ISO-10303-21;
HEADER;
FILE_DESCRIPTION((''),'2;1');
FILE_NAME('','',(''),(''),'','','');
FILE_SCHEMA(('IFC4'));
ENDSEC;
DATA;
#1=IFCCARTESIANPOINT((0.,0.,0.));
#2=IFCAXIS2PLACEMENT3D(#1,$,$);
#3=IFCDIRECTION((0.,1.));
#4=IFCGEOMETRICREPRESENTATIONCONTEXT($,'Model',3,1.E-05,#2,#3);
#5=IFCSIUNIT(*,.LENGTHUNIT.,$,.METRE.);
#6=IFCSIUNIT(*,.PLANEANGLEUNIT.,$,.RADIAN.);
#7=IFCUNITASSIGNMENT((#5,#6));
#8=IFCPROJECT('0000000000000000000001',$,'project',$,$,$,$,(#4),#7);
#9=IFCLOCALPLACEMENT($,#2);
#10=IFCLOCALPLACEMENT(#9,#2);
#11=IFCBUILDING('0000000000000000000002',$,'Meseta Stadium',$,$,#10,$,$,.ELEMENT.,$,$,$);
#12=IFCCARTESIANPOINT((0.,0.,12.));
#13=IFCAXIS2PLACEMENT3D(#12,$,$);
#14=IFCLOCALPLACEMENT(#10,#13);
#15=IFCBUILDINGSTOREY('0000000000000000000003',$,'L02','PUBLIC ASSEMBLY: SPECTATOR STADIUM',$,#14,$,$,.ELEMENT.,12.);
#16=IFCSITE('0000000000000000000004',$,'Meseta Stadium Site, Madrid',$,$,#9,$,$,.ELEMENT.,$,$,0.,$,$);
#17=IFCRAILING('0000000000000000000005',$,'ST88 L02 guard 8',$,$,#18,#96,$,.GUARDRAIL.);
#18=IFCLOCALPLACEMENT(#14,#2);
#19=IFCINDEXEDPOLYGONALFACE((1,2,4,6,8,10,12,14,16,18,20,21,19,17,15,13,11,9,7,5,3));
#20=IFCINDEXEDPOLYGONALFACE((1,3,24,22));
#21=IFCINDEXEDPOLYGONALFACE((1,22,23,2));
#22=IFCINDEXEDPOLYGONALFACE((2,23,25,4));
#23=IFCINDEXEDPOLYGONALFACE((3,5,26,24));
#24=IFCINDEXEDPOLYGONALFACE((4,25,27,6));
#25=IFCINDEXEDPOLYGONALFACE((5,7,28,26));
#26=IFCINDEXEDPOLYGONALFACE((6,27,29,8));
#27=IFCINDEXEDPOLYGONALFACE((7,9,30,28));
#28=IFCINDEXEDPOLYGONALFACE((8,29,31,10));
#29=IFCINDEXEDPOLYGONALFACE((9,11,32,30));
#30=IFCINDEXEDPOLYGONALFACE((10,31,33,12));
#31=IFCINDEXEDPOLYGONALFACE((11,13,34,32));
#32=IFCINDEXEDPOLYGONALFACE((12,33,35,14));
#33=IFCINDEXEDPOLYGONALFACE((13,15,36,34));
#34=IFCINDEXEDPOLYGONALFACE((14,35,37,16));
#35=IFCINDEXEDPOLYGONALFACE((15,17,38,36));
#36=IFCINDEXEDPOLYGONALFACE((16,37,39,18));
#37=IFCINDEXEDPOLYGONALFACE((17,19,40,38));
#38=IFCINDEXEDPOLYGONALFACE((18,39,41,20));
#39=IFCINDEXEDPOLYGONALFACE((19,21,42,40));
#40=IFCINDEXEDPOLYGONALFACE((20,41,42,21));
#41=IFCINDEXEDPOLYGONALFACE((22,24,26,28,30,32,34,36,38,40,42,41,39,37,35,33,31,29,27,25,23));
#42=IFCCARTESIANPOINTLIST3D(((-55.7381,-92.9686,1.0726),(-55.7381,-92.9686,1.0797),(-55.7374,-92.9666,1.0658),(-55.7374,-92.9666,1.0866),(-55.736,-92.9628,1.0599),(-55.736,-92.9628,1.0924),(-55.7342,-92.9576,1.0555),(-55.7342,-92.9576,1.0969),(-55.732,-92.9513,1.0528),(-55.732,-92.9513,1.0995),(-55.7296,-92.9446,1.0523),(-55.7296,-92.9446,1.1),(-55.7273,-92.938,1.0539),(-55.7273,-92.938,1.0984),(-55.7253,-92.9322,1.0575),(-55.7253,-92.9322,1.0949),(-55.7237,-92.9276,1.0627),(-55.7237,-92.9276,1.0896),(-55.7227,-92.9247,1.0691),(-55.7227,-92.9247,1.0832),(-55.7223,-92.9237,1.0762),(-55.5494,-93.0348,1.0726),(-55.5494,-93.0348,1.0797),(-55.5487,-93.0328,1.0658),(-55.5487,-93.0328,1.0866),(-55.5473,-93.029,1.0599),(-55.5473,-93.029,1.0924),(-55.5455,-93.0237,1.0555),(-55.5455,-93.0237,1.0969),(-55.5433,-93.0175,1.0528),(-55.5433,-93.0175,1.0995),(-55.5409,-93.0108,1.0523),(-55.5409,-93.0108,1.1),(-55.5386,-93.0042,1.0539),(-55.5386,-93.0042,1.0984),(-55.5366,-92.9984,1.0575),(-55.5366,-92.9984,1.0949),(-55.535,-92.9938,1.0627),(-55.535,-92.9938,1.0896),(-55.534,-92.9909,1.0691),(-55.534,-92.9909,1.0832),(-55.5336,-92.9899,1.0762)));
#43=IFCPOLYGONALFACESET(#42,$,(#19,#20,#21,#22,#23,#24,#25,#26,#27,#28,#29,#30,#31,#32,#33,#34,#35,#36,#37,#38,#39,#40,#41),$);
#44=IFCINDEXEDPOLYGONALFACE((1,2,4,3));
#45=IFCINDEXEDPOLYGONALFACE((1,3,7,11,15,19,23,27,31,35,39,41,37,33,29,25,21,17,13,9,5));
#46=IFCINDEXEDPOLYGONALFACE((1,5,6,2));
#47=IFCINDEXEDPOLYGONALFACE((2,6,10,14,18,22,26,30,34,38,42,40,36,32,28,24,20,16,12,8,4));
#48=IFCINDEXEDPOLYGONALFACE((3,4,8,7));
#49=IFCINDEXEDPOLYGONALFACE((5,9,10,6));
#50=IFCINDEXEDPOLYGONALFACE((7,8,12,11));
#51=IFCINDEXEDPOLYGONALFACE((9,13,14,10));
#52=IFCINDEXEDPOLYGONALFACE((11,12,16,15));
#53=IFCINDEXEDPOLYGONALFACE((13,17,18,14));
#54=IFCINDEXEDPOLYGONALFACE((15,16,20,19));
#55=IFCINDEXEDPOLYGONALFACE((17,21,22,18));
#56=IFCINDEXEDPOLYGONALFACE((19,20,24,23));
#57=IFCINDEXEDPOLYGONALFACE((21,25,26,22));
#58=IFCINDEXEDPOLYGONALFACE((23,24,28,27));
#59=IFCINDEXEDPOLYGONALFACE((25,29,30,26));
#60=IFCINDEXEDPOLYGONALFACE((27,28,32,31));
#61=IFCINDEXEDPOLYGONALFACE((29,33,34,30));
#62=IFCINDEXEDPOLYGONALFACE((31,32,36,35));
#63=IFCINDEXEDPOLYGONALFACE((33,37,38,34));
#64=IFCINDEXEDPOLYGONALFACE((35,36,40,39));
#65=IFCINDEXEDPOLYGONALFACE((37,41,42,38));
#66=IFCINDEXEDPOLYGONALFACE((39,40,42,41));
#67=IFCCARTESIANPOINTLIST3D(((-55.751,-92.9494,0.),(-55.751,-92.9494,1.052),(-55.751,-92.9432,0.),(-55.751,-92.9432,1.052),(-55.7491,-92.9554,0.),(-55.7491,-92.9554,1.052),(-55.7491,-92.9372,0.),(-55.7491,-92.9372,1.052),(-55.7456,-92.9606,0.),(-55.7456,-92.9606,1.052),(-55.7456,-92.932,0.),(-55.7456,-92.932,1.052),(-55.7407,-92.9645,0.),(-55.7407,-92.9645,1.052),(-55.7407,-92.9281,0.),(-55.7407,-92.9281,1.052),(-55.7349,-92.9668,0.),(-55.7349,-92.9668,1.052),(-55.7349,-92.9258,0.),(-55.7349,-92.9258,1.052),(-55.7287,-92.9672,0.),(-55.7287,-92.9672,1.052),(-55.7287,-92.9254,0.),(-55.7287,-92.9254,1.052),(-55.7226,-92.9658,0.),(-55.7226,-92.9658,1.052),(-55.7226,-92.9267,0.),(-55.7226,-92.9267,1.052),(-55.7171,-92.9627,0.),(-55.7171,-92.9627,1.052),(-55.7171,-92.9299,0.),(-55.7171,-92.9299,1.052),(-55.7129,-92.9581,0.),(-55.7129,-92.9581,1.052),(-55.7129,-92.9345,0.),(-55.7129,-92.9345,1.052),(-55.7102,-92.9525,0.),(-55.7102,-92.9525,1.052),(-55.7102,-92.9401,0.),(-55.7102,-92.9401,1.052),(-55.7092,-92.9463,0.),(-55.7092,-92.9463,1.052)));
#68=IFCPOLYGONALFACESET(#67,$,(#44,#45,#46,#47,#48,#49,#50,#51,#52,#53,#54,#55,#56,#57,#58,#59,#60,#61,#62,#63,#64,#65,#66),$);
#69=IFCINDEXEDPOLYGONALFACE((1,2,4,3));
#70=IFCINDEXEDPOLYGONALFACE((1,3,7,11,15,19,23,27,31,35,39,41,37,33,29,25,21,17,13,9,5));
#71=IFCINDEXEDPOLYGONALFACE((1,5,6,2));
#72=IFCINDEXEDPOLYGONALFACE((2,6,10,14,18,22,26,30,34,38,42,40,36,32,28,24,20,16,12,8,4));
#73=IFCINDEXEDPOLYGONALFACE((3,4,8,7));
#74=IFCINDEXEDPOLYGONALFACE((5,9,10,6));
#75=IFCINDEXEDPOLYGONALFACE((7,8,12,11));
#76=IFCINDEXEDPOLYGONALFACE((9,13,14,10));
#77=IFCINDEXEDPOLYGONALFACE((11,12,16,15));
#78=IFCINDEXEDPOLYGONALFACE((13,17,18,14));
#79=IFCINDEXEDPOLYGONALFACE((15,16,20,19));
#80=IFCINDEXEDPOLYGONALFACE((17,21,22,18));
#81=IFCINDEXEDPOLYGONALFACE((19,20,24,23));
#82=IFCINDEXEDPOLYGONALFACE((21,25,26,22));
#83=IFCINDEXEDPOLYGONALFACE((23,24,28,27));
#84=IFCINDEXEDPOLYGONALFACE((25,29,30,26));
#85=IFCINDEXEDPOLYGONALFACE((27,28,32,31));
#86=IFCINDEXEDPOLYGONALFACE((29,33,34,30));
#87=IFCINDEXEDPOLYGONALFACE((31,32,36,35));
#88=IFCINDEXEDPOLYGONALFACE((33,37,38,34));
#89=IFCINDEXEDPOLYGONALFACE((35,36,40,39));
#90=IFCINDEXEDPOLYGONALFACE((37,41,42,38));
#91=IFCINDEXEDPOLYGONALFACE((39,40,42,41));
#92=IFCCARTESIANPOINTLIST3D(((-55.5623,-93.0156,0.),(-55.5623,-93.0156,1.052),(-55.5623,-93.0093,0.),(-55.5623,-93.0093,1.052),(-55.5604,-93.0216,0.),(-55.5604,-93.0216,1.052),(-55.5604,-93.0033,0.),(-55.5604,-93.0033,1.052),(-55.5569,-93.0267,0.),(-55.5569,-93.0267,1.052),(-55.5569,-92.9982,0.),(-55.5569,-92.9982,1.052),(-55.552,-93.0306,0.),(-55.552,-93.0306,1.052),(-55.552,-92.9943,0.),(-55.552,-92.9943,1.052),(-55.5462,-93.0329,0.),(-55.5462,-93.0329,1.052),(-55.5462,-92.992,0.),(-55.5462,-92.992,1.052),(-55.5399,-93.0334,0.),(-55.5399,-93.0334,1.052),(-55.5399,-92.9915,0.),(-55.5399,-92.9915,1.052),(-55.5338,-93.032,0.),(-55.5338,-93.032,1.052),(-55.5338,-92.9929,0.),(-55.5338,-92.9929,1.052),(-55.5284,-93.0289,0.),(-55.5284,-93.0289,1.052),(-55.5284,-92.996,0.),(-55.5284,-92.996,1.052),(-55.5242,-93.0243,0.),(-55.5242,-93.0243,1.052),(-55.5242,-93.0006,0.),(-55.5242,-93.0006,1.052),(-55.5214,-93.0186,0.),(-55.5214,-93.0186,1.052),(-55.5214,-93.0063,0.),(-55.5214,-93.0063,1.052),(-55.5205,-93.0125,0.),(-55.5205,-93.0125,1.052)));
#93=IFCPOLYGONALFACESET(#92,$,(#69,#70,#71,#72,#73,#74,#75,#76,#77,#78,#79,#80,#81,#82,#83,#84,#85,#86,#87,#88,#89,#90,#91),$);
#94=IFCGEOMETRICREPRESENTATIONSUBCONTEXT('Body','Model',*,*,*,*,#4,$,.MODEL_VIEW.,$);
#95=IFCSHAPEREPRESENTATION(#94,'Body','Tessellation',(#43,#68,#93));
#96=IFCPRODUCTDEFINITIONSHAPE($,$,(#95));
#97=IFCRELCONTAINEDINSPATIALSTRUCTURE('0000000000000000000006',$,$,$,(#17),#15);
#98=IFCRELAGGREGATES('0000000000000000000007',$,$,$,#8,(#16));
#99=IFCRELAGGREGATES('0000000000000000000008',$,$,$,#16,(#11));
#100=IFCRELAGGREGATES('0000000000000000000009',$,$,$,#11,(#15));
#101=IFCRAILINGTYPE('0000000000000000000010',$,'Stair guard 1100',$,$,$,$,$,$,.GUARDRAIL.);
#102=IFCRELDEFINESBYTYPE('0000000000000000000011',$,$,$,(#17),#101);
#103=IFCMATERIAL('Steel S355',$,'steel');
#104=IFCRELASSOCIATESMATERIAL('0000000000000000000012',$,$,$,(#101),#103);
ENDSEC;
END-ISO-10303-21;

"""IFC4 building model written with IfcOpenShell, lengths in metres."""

from ifc_helpers import new_model, si_unit, direction, frame, origin, origin_2d, place, context, subcontext, project, spatial, circle, extrude, material, type_object, element, save


model = new_model("IFC4")

# Units and contexts
model_context = context("Model", 3, precision=1e-05, world=origin(), true_north=direction((0.0, 1.0)))
body_context = subcontext(model_context, "Body", "Model", "MODEL_VIEW")
ifc_project = project(units=[si_unit("LENGTHUNIT", "METRE"), si_unit("PLANEANGLEUNIT", "RADIAN")], contexts=[model_context])

# Site, building, storey
site_placement = place(None, origin())
site = spatial("IfcSite", under=ifc_project, at=site_placement, Name="Meseta Stadium Site, Madrid", CompositionType="ELEMENT", RefElevation=0.0)
building_placement = place(site_placement, origin())
building = spatial("IfcBuilding", under=site, at=building_placement, Name="Meseta Stadium", CompositionType="ELEMENT")
storey_placement = place(building_placement, frame((0.0, 0.0, 12.0)))
storey = spatial("IfcBuildingStorey", under=building, at=storey_placement, Name="L02", Description="PUBLIC ASSEMBLY: SPECTATOR STADIUM", CompositionType="ELEMENT", Elevation=12.0)

# Railing
ifc_material_1 = material(Name="Steel S355", Category="steel")
railing_type_1 = type_object("IfcRailingType", Name="Stair guard 1100", PredefinedType="GUARDRAIL", material=ifc_material_1)
railing_1_placement = place(storey_placement, frame((-55.7302, -92.9463, 0.0)))
element("IfcRailing", 1, at=railing_1_placement, inside=storey, type_object=railing_type_1, Name="ST88 L02 guard 8", PredefinedType="GUARDRAIL", context=body_context, shape_type="SweptSolid", body=[
    extrude(circle(Radius=0.0239, at=origin_2d()), frame((0.0, 0.0, 1.0762), z_axis=(0.943687, -0.33084, 0.0), x_axis=(0.33084, 0.943687, 0.0)), (0.0, 0.0, 1.0), 0.2),
    extrude(circle(Radius=0.021, at=origin_2d()), origin(), (0.0, 0.0, 1.0), 1.052),
    extrude(circle(Radius=0.021, at=origin_2d()), frame((0.1887, -0.0662, 0.0)), (0.0, 0.0, 1.0), 1.052),
])

save(model, "model.ifc")
